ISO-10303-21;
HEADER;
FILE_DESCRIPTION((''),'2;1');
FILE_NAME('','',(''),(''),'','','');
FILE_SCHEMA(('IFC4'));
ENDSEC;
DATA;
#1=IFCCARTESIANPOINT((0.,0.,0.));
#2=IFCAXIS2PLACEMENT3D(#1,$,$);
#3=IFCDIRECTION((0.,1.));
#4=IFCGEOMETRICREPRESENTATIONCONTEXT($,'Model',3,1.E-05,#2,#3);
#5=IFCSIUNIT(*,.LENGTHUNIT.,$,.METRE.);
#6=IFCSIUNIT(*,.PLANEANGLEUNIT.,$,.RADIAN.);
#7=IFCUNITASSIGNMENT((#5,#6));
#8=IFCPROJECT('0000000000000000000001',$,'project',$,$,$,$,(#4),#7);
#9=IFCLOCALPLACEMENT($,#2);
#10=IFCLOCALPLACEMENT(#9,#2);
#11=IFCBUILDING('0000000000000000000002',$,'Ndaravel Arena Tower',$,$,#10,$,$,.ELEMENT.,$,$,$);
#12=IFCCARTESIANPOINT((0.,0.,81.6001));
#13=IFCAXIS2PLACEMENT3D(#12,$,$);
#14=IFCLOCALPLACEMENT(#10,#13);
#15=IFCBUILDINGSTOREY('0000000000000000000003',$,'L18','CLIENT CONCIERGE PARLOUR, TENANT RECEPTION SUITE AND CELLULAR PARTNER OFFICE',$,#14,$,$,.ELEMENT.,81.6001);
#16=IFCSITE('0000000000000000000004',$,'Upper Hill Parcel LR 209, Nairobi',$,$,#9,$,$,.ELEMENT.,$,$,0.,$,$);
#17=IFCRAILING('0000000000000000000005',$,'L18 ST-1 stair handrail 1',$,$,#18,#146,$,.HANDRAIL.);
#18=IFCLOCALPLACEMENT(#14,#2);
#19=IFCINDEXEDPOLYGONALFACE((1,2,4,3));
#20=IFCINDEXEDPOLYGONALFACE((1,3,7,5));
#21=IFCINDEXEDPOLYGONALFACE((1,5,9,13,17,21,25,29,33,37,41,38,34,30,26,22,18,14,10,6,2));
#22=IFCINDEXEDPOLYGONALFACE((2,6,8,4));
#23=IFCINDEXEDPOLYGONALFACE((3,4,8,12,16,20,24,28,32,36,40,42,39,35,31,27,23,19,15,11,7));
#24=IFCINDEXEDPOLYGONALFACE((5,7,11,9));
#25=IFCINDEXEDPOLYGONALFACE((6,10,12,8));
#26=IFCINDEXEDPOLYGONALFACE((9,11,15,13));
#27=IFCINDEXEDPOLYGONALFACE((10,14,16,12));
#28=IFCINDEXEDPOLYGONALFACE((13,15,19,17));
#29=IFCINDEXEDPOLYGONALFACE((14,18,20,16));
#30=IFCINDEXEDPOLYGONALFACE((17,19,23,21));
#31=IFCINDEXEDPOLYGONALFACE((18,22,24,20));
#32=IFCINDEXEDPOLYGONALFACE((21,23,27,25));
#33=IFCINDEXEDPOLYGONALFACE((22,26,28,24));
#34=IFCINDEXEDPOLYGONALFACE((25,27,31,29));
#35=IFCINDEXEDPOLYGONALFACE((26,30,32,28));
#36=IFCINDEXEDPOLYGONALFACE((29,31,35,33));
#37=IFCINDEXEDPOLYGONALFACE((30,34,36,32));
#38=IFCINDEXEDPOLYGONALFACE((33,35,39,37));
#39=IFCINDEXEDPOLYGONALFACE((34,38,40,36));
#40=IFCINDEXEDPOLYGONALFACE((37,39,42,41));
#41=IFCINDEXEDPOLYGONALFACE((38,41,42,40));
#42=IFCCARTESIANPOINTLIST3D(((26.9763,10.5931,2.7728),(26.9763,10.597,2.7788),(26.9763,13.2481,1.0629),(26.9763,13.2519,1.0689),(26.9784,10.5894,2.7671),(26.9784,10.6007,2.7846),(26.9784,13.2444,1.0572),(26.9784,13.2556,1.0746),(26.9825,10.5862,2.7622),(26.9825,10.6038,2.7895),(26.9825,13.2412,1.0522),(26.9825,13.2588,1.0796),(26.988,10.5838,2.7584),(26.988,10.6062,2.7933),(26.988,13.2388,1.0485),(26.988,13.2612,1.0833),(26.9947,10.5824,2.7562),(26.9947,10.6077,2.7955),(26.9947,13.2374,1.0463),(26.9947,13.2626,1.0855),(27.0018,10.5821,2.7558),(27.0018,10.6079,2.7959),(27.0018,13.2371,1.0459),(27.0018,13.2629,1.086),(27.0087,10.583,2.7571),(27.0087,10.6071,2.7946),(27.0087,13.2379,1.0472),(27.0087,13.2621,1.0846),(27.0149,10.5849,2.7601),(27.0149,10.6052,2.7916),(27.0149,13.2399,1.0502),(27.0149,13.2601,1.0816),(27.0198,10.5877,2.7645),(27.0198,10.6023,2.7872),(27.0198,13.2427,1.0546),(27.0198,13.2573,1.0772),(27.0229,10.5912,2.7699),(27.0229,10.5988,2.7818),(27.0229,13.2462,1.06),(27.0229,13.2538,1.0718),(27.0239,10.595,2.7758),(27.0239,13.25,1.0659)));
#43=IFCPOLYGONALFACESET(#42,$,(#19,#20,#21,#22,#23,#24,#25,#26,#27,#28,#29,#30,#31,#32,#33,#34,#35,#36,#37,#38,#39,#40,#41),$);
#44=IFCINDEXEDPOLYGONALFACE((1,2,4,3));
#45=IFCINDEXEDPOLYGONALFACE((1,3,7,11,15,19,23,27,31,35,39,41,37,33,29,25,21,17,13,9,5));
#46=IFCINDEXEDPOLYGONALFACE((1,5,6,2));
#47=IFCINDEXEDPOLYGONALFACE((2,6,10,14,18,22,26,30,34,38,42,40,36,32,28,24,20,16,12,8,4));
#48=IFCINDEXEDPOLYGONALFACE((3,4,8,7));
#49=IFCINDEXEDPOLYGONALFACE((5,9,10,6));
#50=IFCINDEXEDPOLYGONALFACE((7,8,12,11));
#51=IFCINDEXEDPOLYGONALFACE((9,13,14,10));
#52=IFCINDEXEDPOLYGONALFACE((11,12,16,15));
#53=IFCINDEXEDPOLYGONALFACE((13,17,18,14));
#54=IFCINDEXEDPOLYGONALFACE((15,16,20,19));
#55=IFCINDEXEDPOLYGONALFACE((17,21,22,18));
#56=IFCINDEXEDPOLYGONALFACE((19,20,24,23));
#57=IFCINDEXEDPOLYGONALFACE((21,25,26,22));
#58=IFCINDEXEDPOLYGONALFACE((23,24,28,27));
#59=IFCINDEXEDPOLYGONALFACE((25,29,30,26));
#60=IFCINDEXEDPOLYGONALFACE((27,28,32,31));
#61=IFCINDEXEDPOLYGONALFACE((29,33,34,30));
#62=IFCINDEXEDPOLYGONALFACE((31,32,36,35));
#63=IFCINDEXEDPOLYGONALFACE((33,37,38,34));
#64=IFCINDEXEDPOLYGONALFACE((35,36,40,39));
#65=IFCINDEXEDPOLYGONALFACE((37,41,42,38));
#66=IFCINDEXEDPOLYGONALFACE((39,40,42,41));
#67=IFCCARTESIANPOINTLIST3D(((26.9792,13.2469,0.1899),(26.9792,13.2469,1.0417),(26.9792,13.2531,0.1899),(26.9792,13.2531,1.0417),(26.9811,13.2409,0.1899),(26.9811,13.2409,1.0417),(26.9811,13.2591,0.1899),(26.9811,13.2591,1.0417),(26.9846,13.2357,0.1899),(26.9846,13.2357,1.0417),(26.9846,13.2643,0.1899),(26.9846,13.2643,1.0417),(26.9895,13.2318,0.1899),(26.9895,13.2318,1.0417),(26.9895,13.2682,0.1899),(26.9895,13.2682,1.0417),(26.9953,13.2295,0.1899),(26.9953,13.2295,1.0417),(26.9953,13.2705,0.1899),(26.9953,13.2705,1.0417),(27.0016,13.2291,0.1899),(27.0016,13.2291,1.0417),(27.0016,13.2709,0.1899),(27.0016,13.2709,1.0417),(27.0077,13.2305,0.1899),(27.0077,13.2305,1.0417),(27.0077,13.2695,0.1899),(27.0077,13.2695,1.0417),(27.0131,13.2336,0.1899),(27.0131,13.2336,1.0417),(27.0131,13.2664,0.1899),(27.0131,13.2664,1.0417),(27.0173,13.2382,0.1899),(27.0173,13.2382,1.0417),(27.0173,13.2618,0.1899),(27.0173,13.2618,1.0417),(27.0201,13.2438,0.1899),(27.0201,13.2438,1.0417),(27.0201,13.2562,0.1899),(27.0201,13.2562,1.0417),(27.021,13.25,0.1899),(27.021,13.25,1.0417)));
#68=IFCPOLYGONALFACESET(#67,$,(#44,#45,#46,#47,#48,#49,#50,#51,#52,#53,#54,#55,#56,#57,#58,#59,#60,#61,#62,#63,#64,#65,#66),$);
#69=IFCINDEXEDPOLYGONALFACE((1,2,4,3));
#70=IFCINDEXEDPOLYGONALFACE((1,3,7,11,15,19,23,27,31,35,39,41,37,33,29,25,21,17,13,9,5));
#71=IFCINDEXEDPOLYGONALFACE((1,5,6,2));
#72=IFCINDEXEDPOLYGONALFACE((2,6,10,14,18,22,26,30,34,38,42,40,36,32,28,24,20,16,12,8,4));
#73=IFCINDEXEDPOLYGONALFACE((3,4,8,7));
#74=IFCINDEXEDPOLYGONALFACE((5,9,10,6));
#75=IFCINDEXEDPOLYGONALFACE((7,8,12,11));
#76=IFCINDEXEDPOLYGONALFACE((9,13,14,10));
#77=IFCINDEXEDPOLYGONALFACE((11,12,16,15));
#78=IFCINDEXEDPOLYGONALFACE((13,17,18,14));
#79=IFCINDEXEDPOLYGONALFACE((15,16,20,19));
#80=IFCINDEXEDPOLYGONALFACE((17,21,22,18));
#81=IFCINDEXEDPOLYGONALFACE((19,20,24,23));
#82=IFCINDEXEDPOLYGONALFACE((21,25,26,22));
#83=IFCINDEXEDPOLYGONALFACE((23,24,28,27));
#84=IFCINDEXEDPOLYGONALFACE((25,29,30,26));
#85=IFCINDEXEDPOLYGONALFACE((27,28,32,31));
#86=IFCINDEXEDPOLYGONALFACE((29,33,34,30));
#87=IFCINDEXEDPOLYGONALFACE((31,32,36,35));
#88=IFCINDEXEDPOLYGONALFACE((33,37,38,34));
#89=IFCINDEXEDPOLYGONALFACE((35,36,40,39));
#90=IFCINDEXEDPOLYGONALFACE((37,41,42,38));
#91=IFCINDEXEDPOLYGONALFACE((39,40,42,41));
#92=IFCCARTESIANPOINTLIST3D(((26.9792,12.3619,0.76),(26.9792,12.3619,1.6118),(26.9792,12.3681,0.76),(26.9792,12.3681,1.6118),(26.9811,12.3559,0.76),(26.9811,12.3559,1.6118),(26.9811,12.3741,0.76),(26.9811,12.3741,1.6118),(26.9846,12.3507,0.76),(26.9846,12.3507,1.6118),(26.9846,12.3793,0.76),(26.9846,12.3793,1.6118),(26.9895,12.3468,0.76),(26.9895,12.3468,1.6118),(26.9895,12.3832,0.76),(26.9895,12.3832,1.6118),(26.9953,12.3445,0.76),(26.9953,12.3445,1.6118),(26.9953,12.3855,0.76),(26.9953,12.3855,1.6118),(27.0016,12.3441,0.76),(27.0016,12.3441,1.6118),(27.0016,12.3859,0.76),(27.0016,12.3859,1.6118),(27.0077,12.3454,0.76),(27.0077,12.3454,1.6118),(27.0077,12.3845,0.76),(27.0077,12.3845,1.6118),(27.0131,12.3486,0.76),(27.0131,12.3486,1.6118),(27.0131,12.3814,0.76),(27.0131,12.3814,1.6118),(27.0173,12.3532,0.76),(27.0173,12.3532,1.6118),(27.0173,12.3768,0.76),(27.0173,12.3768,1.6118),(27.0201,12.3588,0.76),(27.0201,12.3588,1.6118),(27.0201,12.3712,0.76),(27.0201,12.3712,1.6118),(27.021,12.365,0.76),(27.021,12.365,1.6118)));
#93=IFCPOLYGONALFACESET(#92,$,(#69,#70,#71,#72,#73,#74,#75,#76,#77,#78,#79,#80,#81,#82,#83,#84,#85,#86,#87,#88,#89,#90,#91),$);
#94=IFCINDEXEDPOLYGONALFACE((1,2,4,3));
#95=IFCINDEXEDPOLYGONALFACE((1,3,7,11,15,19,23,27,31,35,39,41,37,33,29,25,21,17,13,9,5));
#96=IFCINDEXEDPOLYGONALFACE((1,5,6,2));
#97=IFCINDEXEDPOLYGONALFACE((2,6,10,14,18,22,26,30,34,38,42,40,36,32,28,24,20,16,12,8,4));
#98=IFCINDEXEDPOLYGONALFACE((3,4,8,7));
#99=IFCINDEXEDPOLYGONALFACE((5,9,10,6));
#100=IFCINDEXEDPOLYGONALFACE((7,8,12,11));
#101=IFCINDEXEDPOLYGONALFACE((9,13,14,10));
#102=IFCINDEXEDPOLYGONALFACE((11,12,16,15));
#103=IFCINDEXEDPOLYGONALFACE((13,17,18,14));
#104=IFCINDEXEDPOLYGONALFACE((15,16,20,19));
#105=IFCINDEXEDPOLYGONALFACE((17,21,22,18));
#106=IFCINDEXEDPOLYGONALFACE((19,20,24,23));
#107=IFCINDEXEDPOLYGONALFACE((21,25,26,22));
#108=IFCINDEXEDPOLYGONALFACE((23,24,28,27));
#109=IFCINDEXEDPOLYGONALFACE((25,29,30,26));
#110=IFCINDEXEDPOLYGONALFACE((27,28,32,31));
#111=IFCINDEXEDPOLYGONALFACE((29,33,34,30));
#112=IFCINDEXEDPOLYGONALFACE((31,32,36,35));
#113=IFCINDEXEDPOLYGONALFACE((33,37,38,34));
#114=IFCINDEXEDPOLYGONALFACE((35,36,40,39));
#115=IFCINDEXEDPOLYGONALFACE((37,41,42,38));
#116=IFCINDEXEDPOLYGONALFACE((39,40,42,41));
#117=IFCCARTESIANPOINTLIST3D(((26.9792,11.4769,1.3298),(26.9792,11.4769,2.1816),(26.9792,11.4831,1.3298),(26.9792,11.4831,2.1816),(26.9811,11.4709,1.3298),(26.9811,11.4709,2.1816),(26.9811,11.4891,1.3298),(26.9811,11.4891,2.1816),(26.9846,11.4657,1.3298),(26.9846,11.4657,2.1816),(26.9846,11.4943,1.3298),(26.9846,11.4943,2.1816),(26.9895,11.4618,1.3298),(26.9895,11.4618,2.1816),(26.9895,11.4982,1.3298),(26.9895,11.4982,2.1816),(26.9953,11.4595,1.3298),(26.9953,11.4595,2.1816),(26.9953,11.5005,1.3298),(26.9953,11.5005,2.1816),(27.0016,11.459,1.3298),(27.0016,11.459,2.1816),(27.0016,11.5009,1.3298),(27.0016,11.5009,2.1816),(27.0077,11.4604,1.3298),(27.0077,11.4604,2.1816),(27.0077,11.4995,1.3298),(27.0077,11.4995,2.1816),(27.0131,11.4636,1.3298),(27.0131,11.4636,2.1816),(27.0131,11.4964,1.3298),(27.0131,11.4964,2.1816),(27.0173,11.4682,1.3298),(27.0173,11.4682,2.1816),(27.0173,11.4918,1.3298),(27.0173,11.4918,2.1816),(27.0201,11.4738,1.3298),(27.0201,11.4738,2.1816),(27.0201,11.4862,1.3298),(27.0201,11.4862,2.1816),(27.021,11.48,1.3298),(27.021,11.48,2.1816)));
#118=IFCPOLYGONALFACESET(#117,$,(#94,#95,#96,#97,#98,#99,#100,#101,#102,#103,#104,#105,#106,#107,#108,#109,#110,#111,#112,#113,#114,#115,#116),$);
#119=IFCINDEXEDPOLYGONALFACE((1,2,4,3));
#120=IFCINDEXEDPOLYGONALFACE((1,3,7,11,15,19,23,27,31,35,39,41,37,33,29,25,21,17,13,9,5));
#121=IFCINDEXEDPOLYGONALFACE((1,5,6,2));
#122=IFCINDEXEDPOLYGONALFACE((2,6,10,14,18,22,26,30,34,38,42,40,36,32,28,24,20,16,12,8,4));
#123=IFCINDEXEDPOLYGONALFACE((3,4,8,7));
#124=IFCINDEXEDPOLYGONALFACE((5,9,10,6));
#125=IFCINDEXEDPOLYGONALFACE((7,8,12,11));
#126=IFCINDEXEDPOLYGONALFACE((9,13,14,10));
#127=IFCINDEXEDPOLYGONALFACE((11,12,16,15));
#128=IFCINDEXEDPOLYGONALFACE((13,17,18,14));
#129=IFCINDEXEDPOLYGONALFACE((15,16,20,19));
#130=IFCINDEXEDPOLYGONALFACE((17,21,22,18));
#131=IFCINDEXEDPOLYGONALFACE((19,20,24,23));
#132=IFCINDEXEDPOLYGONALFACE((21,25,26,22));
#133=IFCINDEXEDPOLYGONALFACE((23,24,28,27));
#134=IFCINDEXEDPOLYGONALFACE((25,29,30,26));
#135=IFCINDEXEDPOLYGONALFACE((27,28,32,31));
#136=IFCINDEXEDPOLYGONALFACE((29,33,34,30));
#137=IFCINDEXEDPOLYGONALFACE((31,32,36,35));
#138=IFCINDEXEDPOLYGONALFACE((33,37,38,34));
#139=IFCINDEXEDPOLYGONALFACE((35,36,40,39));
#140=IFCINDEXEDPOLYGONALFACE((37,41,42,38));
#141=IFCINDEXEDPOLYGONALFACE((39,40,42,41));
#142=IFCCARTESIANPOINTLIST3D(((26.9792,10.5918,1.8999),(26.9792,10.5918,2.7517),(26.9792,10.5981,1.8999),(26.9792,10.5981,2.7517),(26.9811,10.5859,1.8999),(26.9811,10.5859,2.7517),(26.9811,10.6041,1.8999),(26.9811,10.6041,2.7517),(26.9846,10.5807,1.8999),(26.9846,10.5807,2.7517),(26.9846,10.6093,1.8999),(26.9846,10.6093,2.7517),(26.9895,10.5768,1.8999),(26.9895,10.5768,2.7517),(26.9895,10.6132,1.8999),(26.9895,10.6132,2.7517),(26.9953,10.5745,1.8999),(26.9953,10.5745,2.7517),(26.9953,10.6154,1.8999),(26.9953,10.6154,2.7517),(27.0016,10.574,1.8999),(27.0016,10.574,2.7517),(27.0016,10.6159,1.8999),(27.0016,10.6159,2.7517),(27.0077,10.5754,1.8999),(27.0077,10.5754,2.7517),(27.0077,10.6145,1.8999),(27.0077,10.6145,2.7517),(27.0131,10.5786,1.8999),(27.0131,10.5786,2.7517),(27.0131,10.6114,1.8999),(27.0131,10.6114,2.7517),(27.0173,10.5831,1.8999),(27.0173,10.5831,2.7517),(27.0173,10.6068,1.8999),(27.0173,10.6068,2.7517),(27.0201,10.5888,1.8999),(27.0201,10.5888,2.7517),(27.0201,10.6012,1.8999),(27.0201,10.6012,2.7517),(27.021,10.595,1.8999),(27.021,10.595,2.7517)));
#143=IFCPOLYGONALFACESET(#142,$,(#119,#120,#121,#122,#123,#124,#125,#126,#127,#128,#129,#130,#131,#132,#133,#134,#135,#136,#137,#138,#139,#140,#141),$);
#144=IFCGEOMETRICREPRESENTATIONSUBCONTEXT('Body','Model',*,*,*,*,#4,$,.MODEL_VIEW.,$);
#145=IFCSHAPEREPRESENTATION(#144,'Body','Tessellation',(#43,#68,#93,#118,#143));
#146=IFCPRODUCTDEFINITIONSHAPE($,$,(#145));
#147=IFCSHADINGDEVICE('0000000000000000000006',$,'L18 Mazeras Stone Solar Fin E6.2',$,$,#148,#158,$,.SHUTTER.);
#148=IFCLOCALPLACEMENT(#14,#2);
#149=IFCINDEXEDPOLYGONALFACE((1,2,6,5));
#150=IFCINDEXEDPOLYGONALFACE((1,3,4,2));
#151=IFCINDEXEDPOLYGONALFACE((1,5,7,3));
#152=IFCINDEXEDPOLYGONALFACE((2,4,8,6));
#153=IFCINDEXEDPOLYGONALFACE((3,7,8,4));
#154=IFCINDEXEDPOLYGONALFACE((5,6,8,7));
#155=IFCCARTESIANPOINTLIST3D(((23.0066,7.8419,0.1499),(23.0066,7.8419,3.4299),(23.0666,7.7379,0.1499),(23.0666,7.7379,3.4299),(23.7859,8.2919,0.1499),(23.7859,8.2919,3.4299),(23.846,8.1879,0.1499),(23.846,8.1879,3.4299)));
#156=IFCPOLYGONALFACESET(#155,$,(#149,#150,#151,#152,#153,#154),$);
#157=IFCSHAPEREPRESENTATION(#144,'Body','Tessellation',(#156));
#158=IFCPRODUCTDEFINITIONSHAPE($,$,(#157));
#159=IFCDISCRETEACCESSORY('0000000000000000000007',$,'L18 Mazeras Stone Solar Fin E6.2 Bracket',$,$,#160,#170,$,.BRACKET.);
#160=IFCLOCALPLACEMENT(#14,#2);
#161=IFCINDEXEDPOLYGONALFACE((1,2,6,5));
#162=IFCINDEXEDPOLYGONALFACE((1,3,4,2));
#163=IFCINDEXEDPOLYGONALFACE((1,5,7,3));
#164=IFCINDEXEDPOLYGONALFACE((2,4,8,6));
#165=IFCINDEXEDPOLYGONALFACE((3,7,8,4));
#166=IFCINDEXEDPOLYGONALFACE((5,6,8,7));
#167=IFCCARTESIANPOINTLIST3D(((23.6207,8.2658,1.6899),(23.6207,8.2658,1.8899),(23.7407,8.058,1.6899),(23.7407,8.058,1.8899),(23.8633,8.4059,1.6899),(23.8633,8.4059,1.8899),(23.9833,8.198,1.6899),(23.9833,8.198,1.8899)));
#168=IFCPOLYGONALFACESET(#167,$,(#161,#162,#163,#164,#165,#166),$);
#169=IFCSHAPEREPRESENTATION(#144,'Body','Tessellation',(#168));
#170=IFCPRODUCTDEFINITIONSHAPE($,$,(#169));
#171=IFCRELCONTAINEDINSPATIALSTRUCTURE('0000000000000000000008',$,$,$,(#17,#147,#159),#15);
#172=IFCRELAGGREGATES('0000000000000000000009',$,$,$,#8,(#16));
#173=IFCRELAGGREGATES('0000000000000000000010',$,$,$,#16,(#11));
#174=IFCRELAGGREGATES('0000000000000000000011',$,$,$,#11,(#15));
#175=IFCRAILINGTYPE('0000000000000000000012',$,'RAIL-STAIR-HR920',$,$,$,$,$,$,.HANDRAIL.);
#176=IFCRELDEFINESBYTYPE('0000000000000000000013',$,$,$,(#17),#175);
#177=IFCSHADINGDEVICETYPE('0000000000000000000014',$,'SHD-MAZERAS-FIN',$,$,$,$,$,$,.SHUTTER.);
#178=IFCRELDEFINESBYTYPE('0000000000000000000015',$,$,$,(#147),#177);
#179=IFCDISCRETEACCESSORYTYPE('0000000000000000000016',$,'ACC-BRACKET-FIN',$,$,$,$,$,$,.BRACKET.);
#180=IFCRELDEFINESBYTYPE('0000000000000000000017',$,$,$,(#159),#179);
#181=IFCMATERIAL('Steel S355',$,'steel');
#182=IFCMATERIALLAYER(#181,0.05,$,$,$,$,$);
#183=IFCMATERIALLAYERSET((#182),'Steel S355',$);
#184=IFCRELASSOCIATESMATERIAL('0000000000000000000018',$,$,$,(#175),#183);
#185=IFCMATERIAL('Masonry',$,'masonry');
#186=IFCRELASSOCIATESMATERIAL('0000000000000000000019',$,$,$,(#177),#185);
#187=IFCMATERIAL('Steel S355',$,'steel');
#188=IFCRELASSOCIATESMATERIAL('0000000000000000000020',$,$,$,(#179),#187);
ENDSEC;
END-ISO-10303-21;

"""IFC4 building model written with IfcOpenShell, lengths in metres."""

from ifc_helpers import new_model, si_unit, direction, frame, origin, origin_2d, place, context, subcontext, project, spatial, rectangle, circle, extrude, material, layer, layer_set, type_object, element, save


model = new_model("IFC4")

# Units and contexts
model_context = context("Model", 3, precision=1e-05, world=origin(), true_north=direction((0.0, 1.0)))
body_context = subcontext(model_context, "Body", "Model", "MODEL_VIEW")
ifc_project = project(units=[si_unit("LENGTHUNIT", "METRE"), si_unit("PLANEANGLEUNIT", "RADIAN")], contexts=[model_context])

# Site, building, storey
site_placement = place(None, origin())
site = spatial("IfcSite", under=ifc_project, at=site_placement, Name="Upper Hill Parcel LR 209, Nairobi", CompositionType="ELEMENT", RefElevation=0.0)
building_placement = place(site_placement, origin())
building = spatial("IfcBuilding", under=site, at=building_placement, Name="Ndaravel Arena Tower", CompositionType="ELEMENT")
storey_placement = place(building_placement, frame((0.0, 0.0, 81.6001)))
storey = spatial("IfcBuildingStorey", under=building, at=storey_placement, Name="L18", Description="CLIENT CONCIERGE PARLOUR, TENANT RECEPTION SUITE AND CELLULAR PARTNER OFFICE", CompositionType="ELEMENT", Elevation=81.6001)

# Railing
ifc_material_1 = material(Name="Steel S355", Category="steel")
ifc_layer_1 = layer(ifc_material_1, 0.05)
ifc_layer_set_1 = layer_set([ifc_layer_1], Name="Steel S355")
railing_type_1 = type_object("IfcRailingType", Name="RAIL-STAIR-HR920", PredefinedType="HANDRAIL", material=ifc_layer_set_1)
railing_1_placement = place(storey_placement, frame((27.0, 13.25, 0.1899)))
element("IfcRailing", 1, at=railing_1_placement, inside=storey, type_object=railing_type_1, Name="L18 ST-1 stair handrail 1", PredefinedType="HANDRAIL", context=body_context, shape_type="SweptSolid", body=[
    extrude(circle(Radius=0.0239, at=origin_2d()), frame((0.0, 0.0, 0.876), z_axis=(0.0, -0.840724, 0.541465), x_axis=(1.0, 0.0, 0.0)), (0.0, 0.0, 1.0), 3.158),
    extrude(circle(Radius=0.021, at=origin_2d()), origin(), (0.0, 0.0, 1.0), 0.8518),
    extrude(circle(Radius=0.021, at=origin_2d()), frame((0.0, -0.885, 0.5701)), (0.0, 0.0, 1.0), 0.8518),
    extrude(circle(Radius=0.021, at=origin_2d()), frame((0.0, -1.77, 1.1399)), (0.0, 0.0, 1.0), 0.8518),
    extrude(circle(Radius=0.021, at=origin_2d()), frame((0.0, -2.655, 1.71)), (0.0, 0.0, 1.0), 0.8518),
])

# Shading device
ifc_material_2 = material(Name="Masonry", Category="masonry")
shading_device_type = type_object("IfcShadingDeviceType", Name="SHD-MAZERAS-FIN", PredefinedType="SHUTTER", material=ifc_material_2)
shading_device_placement = place(storey_placement, frame((23.4263, 8.0149, 0.1499), z_axis=(0.0, 0.0, 1.0), x_axis=(-0.866025, -0.5, 0.0)))
element("IfcShadingDevice", 2, at=shading_device_placement, inside=storey, type_object=shading_device_type, Name="L18 Mazeras Stone Solar Fin E6.2", PredefinedType="SHUTTER", context=body_context, shape_type="SweptSolid", body=[
    extrude(rectangle(XDim=0.8999, YDim=0.1201, at=origin_2d()), origin(), (0.0, 0.0, 1.0), 3.28),
])

# Discrete accessory
ifc_material_3 = material(Name="Steel S355", Category="steel")
discrete_accessory_type = type_object("IfcDiscreteAccessoryType", Name="ACC-BRACKET-FIN", PredefinedType="BRACKET", material=ifc_material_3)
discrete_accessory_placement = place(storey_placement, frame((23.802, 8.2319, 1.6899), z_axis=(0.0, 0.0, 1.0), x_axis=(-0.866025, -0.5, 0.0)))
element("IfcDiscreteAccessory", 3, at=discrete_accessory_placement, inside=storey, type_object=discrete_accessory_type, Name="L18 Mazeras Stone Solar Fin E6.2 Bracket", PredefinedType="BRACKET", context=body_context, shape_type="SweptSolid", body=[
    extrude(rectangle(XDim=0.28, YDim=0.24, at=origin_2d()), origin(), (0.0, 0.0, 1.0), 0.2),
])

save(model, "model.ifc")
